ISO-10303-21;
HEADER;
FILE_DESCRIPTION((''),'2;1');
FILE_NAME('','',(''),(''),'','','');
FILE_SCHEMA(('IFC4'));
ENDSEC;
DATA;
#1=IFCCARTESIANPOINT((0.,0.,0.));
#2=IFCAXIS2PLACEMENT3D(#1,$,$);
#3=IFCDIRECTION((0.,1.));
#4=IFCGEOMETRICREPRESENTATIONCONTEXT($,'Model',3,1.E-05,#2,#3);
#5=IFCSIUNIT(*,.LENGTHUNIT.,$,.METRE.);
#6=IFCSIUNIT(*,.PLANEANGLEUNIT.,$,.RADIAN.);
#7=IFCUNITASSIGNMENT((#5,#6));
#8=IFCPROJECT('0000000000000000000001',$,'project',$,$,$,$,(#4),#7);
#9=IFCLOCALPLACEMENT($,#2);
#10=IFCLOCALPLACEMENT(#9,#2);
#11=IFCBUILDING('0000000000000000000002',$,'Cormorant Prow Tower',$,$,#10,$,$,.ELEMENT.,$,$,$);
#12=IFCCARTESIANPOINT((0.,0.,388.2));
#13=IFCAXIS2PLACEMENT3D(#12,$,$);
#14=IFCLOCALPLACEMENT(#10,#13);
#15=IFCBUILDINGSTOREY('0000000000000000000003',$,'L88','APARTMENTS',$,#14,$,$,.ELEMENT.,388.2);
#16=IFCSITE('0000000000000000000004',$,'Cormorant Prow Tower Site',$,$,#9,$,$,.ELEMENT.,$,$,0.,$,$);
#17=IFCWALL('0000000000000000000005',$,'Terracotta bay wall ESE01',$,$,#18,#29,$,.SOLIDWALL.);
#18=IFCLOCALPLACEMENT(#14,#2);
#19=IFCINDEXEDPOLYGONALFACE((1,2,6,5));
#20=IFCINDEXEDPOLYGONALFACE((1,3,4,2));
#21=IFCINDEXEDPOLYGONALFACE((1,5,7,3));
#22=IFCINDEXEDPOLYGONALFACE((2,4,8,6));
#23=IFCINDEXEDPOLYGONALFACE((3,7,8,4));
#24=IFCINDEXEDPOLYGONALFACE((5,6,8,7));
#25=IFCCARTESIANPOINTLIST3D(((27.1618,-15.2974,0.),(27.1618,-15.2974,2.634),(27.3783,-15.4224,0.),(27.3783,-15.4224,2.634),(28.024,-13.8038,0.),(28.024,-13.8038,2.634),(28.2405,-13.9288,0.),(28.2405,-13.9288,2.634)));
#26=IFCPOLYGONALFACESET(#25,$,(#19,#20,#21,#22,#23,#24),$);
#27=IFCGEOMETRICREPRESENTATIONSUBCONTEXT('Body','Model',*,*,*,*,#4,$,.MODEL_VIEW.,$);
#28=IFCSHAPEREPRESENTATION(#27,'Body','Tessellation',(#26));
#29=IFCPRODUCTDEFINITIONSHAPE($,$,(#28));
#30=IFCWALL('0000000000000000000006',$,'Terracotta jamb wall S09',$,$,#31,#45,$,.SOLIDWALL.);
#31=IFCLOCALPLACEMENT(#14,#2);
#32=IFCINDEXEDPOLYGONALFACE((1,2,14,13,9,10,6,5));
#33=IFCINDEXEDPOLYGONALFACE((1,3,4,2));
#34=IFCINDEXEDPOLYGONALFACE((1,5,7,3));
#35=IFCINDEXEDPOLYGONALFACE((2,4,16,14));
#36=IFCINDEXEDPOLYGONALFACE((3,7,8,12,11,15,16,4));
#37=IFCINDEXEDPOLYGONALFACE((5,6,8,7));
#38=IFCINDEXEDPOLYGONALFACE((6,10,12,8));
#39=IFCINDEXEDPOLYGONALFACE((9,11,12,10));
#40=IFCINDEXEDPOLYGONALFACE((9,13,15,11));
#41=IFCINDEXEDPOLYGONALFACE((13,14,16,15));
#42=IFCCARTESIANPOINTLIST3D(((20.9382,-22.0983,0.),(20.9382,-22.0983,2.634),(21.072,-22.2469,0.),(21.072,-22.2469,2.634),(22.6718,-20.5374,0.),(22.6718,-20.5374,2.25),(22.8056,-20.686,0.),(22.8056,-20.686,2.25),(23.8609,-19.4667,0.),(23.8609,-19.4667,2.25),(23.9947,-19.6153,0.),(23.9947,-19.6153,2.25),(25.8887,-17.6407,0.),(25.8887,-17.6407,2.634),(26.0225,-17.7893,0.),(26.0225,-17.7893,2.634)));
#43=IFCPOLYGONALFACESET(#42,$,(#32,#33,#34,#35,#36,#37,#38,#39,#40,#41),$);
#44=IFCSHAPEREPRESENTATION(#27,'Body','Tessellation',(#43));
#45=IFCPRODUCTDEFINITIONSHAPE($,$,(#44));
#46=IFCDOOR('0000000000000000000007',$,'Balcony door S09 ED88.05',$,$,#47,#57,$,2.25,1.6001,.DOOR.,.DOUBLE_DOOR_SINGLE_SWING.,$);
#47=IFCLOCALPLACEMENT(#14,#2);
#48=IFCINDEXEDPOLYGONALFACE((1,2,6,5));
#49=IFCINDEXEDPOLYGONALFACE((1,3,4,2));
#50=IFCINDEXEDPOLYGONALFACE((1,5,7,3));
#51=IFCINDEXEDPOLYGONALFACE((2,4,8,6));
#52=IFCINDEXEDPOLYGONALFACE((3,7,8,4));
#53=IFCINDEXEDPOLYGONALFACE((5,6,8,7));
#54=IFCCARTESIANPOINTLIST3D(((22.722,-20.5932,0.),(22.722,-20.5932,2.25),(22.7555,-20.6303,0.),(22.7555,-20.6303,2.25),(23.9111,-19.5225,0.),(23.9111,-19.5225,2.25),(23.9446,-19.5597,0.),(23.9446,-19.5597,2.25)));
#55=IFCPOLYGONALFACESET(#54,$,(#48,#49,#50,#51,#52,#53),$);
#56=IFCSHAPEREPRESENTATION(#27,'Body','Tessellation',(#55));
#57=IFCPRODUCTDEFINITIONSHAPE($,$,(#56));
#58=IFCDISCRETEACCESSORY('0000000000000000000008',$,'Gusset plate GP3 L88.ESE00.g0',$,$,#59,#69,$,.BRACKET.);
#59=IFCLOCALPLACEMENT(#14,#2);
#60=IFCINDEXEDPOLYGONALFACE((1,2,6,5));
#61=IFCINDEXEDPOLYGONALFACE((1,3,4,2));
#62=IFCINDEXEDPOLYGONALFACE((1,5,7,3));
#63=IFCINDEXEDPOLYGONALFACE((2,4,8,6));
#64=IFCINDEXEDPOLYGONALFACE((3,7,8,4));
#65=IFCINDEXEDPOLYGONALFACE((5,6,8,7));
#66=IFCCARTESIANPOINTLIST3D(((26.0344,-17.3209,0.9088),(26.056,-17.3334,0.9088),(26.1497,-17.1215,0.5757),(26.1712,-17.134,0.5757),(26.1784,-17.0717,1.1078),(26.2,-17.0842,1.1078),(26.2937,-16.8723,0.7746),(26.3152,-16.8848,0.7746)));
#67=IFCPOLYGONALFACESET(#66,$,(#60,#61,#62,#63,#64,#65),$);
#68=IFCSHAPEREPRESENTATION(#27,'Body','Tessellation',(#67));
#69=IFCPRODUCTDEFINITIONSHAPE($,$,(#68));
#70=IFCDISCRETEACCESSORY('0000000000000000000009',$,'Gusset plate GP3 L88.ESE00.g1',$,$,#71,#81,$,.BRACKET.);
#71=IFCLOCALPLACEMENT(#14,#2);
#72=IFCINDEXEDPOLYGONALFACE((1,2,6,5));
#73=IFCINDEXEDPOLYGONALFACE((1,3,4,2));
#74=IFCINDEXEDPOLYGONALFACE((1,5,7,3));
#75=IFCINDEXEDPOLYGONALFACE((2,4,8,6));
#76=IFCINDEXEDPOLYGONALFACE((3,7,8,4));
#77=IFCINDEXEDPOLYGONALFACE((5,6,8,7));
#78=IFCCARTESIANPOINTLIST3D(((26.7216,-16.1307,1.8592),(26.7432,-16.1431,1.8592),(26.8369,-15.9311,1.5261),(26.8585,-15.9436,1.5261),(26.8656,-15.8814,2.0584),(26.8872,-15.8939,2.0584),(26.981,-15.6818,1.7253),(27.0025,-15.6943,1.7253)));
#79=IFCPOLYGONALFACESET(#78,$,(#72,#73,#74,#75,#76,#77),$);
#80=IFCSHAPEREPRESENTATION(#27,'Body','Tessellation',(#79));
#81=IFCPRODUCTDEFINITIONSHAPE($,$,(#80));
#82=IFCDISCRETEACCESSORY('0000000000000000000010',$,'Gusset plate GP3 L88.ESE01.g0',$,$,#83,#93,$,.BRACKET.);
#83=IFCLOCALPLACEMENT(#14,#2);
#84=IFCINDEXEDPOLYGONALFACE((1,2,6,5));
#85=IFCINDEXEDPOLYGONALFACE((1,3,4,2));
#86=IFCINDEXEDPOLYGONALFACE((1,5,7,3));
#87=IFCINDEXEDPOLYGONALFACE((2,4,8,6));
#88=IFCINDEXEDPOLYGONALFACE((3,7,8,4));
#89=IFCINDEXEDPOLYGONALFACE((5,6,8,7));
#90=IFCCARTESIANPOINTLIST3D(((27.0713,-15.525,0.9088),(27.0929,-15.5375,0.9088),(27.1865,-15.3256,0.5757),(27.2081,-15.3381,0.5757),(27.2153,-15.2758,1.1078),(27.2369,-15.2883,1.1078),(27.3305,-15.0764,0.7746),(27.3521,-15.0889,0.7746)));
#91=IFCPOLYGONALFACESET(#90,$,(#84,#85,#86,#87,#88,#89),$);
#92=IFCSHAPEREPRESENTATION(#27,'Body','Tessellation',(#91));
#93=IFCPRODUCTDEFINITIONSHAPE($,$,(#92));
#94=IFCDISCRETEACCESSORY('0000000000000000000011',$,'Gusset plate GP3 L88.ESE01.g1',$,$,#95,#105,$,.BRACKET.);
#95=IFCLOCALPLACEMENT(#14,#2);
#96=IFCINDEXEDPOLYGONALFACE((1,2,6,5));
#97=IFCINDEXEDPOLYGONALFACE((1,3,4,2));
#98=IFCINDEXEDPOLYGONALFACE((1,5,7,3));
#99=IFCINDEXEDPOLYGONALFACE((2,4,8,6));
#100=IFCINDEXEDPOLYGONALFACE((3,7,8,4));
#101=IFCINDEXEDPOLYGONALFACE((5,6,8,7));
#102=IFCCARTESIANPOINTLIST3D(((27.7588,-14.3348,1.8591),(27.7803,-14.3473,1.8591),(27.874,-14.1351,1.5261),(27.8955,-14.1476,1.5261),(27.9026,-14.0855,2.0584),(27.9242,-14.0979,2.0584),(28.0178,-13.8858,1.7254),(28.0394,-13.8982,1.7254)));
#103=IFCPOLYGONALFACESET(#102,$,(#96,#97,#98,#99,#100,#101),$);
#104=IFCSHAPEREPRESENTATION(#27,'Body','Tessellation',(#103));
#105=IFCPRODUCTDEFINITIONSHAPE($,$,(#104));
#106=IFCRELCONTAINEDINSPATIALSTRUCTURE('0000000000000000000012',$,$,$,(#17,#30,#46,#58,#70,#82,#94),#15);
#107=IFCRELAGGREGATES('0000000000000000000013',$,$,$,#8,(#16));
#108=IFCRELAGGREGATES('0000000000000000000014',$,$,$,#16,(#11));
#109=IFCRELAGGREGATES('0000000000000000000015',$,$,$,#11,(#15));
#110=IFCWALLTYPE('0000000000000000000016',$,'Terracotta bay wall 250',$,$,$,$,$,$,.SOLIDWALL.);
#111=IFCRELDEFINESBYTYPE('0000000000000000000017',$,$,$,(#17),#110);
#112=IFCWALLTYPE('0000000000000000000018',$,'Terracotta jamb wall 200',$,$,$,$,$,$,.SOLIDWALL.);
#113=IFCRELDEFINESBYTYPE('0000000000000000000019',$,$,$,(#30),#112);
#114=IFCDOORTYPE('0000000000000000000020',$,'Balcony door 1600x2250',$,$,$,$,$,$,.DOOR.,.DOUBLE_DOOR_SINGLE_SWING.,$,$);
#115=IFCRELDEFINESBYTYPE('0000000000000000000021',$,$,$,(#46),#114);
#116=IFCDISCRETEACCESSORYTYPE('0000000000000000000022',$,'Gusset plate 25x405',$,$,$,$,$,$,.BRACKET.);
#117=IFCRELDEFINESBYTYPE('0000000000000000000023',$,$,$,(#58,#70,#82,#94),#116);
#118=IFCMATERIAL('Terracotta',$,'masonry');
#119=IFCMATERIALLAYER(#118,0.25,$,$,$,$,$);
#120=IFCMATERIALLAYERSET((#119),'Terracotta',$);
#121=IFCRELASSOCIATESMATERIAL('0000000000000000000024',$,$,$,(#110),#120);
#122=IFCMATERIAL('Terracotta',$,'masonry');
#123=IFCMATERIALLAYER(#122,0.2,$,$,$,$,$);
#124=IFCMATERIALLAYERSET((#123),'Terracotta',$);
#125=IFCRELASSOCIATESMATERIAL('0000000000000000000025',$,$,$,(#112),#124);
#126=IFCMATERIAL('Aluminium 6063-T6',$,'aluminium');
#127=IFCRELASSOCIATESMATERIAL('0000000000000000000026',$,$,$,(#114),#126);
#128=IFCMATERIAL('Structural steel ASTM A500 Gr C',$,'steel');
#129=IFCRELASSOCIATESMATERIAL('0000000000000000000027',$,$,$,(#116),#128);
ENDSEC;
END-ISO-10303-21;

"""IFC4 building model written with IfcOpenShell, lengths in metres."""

from ifc_helpers import new_model, si_unit, direction, frame, frame_2d, origin, origin_2d, place, context, subcontext, project, spatial, rectangle, extrude, material, layer, layer_set, material_profile, profile_set, type_object, element, fill, save


model = new_model("IFC4")

# Units and contexts
model_context = context("Model", 3, precision=1e-05, world=origin(), true_north=direction((0.0, 1.0)))
body_context = subcontext(model_context, "Body", "Model", "MODEL_VIEW")
ifc_project = project(units=[si_unit("LENGTHUNIT", "METRE"), si_unit("PLANEANGLEUNIT", "RADIAN")], contexts=[model_context])

# Site, building, storey
site_placement = place(None, origin())
site = spatial("IfcSite", under=ifc_project, at=site_placement, Name="Cormorant Prow Tower Site", CompositionType="ELEMENT", RefElevation=0.0)
building_placement = place(site_placement, origin())
building = spatial("IfcBuilding", under=site, at=building_placement, Name="Cormorant Prow Tower", CompositionType="ELEMENT")
storey_placement = place(building_placement, frame((0.0, 0.0, 388.2)))
storey = spatial("IfcBuildingStorey", under=building, at=storey_placement, Name="L88", Description="APARTMENTS", CompositionType="ELEMENT", Elevation=388.2)

# Shared definitions
ifc_material_1 = material(Name="Terracotta", Category="masonry")
ifc_layer_1 = layer(ifc_material_1, 0.25)
ifc_layer_set_1 = layer_set([ifc_layer_1], Name="Terracotta")
wall_type_1 = type_object("IfcWallType", Name="Terracotta bay wall 250", PredefinedType="SOLIDWALL", material=ifc_layer_set_1)

# Wall
wall_1_placement = place(storey_placement, frame((27.27, -15.3599, 0.0), z_axis=(0.0, 0.0, 1.0), x_axis=(0.499976, 0.866039, 0.0)))
element("IfcWall", 1, at=wall_1_placement, inside=storey, type_object=wall_type_1, Name="Terracotta bay wall ESE01", PredefinedType="SOLIDWALL", context=body_context, shape_type="SweptSolid", body=[
    extrude(rectangle(XDim=1.7246, YDim=0.25, at=frame_2d((0.8623, 0.0))), origin(), (0.0, 0.0, 1.0), 2.634),
])

# Wall, opening, door
ifc_material_2 = material(Name="Terracotta", Category="masonry")
ifc_layer_2 = layer(ifc_material_2, 0.2)
ifc_layer_set_2 = layer_set([ifc_layer_2], Name="Terracotta")
wall_type_2 = type_object("IfcWallType", Name="Terracotta jamb wall 200", PredefinedType="SOLIDWALL", material=ifc_layer_set_2)
wall_2_placement = place(storey_placement, frame((21.0051, -22.1726, 0.0), z_axis=(0.0, 0.0, 1.0), x_axis=(0.743136, 0.669141, 0.0)))
wall_2 = element("IfcWall", 2, at=wall_2_placement, inside=storey, type_object=wall_type_2, Name="Terracotta jamb wall S09", PredefinedType="SOLIDWALL", context=body_context, shape_type="SweptSolid", body=[
    extrude(rectangle(XDim=6.6616, YDim=0.2, at=frame_2d((3.3308, 0.0))), origin(), (0.0, 0.0, 1.0), 2.634),
])
opening_1_placement = place(wall_2_placement, frame((2.3328, 0.0, 0.0)))
opening_1 = element("IfcOpeningElement", 3, at=opening_1_placement, cuts=wall_2, PredefinedType="OPENING", context=body_context, shape_type="SweptSolid", body=[
    extrude(rectangle(XDim=1.6001, YDim=2.25, at=frame_2d((0.8, 1.125))), frame((0.0, 0.1099, 0.0), z_axis=(0.0, -1.0, 0.0), x_axis=(1.0, 0.0, 0.0)), (0.0, 0.0, 1.0), 0.22),
])
ifc_material_3 = material(Name="Aluminium 6063-T6", Category="aluminium")
door_type_1 = type_object("IfcDoorType", Name="Balcony door 1600x2250", OperationType="DOUBLE_DOOR_SINGLE_SWING", PredefinedType="DOOR", material=ifc_material_3)
door_1_placement = place(opening_1_placement, origin())
door_1 = element("IfcDoor", 4, at=door_1_placement, inside=storey, type_object=door_type_1, Name="Balcony door S09 ED88.05", OperationType="DOUBLE_DOOR_SINGLE_SWING", OverallHeight=2.25, OverallWidth=1.6001, PredefinedType="DOOR", context=body_context, shape_type="SweptSolid", body=[
    extrude(rectangle(XDim=1.6001, YDim=2.25, at=frame_2d((0.8, 1.125))), frame((0.0, 0.0249, 0.0), z_axis=(0.0, -1.0, 0.0), x_axis=(1.0, 0.0, 0.0)), (0.0, 0.0, 1.0), 0.05),
])
fill(opening_1, door_1)

# Discrete accessories
ifc_material_4 = material(Name="Structural steel ASTM A500 Gr C", Category="steel")
ifc_material_profile_1 = material_profile(ifc_material_4, rectangle(XDim=0.0249, YDim=0.405, at=origin_2d()), Name="Gusset plate 25x405")
ifc_profile_set_1 = profile_set([ifc_material_profile_1], Name="Structural steel ASTM A500 Gr C")
discrete_accessory_type = type_object("IfcDiscreteAccessoryType", Name="Gusset plate 25x405", PredefinedType="BRACKET", material=ifc_profile_set_1)
discrete_accessory_1_placement = place(storey_placement, frame((26.2468, -16.9783, 0.9412), z_axis=(-0.411596, -0.71227, -0.56856), x_axis=(0.865832, -0.500334, 0.0)))
element("IfcDiscreteAccessory", 5, at=discrete_accessory_1_placement, inside=storey, type_object=discrete_accessory_type, Name="Gusset plate GP3 L88.ESE00.g0", PredefinedType="BRACKET", context=body_context, shape_type="SweptSolid", body=[
    extrude(rectangle(XDim=0.0249, YDim=0.405, at=origin_2d()), origin(), (0.0, 0.0, 1.0), 0.3499),
])
discrete_accessory_2_placement = place(storey_placement, frame((26.79, -16.0371, 1.6926), z_axis=(0.411432, 0.711987, 0.569032), x_axis=(-0.865832, 0.500334, 0.0)))
element("IfcDiscreteAccessory", 6, at=discrete_accessory_2_placement, inside=storey, type_object=discrete_accessory_type, Name="Gusset plate GP3 L88.ESE00.g1", PredefinedType="BRACKET", context=body_context, shape_type="SweptSolid", body=[
    extrude(rectangle(XDim=0.0249, YDim=0.405, at=origin_2d()), origin(), (0.0, 0.0, 1.0), 0.3501),
])
discrete_accessory_3_placement = place(storey_placement, frame((27.2837, -15.1824, 0.9412), z_axis=(-0.411596, -0.71227, -0.56856), x_axis=(0.865832, -0.500334, 0.0)))
element("IfcDiscreteAccessory", 7, at=discrete_accessory_3_placement, inside=storey, type_object=discrete_accessory_type, Name="Gusset plate GP3 L88.ESE01.g0", PredefinedType="BRACKET", context=body_context, shape_type="SweptSolid", body=[
    extrude(rectangle(XDim=0.0249, YDim=0.405, at=origin_2d()), origin(), (0.0, 0.0, 1.0), 0.3499),
])
discrete_accessory_4_placement = place(storey_placement, frame((27.8271, -14.2412, 1.6926), z_axis=(0.410853, 0.712192, 0.569195), x_axis=(-0.8662, 0.499698, 0.0)))
element("IfcDiscreteAccessory", 8, at=discrete_accessory_4_placement, inside=storey, type_object=discrete_accessory_type, Name="Gusset plate GP3 L88.ESE01.g1", PredefinedType="BRACKET", context=body_context, shape_type="SweptSolid", body=[
    extrude(rectangle(XDim=0.0249, YDim=0.405, at=origin_2d()), origin(), (0.0, 0.0, 1.0), 0.3501),
])

save(model, "model.ifc")
